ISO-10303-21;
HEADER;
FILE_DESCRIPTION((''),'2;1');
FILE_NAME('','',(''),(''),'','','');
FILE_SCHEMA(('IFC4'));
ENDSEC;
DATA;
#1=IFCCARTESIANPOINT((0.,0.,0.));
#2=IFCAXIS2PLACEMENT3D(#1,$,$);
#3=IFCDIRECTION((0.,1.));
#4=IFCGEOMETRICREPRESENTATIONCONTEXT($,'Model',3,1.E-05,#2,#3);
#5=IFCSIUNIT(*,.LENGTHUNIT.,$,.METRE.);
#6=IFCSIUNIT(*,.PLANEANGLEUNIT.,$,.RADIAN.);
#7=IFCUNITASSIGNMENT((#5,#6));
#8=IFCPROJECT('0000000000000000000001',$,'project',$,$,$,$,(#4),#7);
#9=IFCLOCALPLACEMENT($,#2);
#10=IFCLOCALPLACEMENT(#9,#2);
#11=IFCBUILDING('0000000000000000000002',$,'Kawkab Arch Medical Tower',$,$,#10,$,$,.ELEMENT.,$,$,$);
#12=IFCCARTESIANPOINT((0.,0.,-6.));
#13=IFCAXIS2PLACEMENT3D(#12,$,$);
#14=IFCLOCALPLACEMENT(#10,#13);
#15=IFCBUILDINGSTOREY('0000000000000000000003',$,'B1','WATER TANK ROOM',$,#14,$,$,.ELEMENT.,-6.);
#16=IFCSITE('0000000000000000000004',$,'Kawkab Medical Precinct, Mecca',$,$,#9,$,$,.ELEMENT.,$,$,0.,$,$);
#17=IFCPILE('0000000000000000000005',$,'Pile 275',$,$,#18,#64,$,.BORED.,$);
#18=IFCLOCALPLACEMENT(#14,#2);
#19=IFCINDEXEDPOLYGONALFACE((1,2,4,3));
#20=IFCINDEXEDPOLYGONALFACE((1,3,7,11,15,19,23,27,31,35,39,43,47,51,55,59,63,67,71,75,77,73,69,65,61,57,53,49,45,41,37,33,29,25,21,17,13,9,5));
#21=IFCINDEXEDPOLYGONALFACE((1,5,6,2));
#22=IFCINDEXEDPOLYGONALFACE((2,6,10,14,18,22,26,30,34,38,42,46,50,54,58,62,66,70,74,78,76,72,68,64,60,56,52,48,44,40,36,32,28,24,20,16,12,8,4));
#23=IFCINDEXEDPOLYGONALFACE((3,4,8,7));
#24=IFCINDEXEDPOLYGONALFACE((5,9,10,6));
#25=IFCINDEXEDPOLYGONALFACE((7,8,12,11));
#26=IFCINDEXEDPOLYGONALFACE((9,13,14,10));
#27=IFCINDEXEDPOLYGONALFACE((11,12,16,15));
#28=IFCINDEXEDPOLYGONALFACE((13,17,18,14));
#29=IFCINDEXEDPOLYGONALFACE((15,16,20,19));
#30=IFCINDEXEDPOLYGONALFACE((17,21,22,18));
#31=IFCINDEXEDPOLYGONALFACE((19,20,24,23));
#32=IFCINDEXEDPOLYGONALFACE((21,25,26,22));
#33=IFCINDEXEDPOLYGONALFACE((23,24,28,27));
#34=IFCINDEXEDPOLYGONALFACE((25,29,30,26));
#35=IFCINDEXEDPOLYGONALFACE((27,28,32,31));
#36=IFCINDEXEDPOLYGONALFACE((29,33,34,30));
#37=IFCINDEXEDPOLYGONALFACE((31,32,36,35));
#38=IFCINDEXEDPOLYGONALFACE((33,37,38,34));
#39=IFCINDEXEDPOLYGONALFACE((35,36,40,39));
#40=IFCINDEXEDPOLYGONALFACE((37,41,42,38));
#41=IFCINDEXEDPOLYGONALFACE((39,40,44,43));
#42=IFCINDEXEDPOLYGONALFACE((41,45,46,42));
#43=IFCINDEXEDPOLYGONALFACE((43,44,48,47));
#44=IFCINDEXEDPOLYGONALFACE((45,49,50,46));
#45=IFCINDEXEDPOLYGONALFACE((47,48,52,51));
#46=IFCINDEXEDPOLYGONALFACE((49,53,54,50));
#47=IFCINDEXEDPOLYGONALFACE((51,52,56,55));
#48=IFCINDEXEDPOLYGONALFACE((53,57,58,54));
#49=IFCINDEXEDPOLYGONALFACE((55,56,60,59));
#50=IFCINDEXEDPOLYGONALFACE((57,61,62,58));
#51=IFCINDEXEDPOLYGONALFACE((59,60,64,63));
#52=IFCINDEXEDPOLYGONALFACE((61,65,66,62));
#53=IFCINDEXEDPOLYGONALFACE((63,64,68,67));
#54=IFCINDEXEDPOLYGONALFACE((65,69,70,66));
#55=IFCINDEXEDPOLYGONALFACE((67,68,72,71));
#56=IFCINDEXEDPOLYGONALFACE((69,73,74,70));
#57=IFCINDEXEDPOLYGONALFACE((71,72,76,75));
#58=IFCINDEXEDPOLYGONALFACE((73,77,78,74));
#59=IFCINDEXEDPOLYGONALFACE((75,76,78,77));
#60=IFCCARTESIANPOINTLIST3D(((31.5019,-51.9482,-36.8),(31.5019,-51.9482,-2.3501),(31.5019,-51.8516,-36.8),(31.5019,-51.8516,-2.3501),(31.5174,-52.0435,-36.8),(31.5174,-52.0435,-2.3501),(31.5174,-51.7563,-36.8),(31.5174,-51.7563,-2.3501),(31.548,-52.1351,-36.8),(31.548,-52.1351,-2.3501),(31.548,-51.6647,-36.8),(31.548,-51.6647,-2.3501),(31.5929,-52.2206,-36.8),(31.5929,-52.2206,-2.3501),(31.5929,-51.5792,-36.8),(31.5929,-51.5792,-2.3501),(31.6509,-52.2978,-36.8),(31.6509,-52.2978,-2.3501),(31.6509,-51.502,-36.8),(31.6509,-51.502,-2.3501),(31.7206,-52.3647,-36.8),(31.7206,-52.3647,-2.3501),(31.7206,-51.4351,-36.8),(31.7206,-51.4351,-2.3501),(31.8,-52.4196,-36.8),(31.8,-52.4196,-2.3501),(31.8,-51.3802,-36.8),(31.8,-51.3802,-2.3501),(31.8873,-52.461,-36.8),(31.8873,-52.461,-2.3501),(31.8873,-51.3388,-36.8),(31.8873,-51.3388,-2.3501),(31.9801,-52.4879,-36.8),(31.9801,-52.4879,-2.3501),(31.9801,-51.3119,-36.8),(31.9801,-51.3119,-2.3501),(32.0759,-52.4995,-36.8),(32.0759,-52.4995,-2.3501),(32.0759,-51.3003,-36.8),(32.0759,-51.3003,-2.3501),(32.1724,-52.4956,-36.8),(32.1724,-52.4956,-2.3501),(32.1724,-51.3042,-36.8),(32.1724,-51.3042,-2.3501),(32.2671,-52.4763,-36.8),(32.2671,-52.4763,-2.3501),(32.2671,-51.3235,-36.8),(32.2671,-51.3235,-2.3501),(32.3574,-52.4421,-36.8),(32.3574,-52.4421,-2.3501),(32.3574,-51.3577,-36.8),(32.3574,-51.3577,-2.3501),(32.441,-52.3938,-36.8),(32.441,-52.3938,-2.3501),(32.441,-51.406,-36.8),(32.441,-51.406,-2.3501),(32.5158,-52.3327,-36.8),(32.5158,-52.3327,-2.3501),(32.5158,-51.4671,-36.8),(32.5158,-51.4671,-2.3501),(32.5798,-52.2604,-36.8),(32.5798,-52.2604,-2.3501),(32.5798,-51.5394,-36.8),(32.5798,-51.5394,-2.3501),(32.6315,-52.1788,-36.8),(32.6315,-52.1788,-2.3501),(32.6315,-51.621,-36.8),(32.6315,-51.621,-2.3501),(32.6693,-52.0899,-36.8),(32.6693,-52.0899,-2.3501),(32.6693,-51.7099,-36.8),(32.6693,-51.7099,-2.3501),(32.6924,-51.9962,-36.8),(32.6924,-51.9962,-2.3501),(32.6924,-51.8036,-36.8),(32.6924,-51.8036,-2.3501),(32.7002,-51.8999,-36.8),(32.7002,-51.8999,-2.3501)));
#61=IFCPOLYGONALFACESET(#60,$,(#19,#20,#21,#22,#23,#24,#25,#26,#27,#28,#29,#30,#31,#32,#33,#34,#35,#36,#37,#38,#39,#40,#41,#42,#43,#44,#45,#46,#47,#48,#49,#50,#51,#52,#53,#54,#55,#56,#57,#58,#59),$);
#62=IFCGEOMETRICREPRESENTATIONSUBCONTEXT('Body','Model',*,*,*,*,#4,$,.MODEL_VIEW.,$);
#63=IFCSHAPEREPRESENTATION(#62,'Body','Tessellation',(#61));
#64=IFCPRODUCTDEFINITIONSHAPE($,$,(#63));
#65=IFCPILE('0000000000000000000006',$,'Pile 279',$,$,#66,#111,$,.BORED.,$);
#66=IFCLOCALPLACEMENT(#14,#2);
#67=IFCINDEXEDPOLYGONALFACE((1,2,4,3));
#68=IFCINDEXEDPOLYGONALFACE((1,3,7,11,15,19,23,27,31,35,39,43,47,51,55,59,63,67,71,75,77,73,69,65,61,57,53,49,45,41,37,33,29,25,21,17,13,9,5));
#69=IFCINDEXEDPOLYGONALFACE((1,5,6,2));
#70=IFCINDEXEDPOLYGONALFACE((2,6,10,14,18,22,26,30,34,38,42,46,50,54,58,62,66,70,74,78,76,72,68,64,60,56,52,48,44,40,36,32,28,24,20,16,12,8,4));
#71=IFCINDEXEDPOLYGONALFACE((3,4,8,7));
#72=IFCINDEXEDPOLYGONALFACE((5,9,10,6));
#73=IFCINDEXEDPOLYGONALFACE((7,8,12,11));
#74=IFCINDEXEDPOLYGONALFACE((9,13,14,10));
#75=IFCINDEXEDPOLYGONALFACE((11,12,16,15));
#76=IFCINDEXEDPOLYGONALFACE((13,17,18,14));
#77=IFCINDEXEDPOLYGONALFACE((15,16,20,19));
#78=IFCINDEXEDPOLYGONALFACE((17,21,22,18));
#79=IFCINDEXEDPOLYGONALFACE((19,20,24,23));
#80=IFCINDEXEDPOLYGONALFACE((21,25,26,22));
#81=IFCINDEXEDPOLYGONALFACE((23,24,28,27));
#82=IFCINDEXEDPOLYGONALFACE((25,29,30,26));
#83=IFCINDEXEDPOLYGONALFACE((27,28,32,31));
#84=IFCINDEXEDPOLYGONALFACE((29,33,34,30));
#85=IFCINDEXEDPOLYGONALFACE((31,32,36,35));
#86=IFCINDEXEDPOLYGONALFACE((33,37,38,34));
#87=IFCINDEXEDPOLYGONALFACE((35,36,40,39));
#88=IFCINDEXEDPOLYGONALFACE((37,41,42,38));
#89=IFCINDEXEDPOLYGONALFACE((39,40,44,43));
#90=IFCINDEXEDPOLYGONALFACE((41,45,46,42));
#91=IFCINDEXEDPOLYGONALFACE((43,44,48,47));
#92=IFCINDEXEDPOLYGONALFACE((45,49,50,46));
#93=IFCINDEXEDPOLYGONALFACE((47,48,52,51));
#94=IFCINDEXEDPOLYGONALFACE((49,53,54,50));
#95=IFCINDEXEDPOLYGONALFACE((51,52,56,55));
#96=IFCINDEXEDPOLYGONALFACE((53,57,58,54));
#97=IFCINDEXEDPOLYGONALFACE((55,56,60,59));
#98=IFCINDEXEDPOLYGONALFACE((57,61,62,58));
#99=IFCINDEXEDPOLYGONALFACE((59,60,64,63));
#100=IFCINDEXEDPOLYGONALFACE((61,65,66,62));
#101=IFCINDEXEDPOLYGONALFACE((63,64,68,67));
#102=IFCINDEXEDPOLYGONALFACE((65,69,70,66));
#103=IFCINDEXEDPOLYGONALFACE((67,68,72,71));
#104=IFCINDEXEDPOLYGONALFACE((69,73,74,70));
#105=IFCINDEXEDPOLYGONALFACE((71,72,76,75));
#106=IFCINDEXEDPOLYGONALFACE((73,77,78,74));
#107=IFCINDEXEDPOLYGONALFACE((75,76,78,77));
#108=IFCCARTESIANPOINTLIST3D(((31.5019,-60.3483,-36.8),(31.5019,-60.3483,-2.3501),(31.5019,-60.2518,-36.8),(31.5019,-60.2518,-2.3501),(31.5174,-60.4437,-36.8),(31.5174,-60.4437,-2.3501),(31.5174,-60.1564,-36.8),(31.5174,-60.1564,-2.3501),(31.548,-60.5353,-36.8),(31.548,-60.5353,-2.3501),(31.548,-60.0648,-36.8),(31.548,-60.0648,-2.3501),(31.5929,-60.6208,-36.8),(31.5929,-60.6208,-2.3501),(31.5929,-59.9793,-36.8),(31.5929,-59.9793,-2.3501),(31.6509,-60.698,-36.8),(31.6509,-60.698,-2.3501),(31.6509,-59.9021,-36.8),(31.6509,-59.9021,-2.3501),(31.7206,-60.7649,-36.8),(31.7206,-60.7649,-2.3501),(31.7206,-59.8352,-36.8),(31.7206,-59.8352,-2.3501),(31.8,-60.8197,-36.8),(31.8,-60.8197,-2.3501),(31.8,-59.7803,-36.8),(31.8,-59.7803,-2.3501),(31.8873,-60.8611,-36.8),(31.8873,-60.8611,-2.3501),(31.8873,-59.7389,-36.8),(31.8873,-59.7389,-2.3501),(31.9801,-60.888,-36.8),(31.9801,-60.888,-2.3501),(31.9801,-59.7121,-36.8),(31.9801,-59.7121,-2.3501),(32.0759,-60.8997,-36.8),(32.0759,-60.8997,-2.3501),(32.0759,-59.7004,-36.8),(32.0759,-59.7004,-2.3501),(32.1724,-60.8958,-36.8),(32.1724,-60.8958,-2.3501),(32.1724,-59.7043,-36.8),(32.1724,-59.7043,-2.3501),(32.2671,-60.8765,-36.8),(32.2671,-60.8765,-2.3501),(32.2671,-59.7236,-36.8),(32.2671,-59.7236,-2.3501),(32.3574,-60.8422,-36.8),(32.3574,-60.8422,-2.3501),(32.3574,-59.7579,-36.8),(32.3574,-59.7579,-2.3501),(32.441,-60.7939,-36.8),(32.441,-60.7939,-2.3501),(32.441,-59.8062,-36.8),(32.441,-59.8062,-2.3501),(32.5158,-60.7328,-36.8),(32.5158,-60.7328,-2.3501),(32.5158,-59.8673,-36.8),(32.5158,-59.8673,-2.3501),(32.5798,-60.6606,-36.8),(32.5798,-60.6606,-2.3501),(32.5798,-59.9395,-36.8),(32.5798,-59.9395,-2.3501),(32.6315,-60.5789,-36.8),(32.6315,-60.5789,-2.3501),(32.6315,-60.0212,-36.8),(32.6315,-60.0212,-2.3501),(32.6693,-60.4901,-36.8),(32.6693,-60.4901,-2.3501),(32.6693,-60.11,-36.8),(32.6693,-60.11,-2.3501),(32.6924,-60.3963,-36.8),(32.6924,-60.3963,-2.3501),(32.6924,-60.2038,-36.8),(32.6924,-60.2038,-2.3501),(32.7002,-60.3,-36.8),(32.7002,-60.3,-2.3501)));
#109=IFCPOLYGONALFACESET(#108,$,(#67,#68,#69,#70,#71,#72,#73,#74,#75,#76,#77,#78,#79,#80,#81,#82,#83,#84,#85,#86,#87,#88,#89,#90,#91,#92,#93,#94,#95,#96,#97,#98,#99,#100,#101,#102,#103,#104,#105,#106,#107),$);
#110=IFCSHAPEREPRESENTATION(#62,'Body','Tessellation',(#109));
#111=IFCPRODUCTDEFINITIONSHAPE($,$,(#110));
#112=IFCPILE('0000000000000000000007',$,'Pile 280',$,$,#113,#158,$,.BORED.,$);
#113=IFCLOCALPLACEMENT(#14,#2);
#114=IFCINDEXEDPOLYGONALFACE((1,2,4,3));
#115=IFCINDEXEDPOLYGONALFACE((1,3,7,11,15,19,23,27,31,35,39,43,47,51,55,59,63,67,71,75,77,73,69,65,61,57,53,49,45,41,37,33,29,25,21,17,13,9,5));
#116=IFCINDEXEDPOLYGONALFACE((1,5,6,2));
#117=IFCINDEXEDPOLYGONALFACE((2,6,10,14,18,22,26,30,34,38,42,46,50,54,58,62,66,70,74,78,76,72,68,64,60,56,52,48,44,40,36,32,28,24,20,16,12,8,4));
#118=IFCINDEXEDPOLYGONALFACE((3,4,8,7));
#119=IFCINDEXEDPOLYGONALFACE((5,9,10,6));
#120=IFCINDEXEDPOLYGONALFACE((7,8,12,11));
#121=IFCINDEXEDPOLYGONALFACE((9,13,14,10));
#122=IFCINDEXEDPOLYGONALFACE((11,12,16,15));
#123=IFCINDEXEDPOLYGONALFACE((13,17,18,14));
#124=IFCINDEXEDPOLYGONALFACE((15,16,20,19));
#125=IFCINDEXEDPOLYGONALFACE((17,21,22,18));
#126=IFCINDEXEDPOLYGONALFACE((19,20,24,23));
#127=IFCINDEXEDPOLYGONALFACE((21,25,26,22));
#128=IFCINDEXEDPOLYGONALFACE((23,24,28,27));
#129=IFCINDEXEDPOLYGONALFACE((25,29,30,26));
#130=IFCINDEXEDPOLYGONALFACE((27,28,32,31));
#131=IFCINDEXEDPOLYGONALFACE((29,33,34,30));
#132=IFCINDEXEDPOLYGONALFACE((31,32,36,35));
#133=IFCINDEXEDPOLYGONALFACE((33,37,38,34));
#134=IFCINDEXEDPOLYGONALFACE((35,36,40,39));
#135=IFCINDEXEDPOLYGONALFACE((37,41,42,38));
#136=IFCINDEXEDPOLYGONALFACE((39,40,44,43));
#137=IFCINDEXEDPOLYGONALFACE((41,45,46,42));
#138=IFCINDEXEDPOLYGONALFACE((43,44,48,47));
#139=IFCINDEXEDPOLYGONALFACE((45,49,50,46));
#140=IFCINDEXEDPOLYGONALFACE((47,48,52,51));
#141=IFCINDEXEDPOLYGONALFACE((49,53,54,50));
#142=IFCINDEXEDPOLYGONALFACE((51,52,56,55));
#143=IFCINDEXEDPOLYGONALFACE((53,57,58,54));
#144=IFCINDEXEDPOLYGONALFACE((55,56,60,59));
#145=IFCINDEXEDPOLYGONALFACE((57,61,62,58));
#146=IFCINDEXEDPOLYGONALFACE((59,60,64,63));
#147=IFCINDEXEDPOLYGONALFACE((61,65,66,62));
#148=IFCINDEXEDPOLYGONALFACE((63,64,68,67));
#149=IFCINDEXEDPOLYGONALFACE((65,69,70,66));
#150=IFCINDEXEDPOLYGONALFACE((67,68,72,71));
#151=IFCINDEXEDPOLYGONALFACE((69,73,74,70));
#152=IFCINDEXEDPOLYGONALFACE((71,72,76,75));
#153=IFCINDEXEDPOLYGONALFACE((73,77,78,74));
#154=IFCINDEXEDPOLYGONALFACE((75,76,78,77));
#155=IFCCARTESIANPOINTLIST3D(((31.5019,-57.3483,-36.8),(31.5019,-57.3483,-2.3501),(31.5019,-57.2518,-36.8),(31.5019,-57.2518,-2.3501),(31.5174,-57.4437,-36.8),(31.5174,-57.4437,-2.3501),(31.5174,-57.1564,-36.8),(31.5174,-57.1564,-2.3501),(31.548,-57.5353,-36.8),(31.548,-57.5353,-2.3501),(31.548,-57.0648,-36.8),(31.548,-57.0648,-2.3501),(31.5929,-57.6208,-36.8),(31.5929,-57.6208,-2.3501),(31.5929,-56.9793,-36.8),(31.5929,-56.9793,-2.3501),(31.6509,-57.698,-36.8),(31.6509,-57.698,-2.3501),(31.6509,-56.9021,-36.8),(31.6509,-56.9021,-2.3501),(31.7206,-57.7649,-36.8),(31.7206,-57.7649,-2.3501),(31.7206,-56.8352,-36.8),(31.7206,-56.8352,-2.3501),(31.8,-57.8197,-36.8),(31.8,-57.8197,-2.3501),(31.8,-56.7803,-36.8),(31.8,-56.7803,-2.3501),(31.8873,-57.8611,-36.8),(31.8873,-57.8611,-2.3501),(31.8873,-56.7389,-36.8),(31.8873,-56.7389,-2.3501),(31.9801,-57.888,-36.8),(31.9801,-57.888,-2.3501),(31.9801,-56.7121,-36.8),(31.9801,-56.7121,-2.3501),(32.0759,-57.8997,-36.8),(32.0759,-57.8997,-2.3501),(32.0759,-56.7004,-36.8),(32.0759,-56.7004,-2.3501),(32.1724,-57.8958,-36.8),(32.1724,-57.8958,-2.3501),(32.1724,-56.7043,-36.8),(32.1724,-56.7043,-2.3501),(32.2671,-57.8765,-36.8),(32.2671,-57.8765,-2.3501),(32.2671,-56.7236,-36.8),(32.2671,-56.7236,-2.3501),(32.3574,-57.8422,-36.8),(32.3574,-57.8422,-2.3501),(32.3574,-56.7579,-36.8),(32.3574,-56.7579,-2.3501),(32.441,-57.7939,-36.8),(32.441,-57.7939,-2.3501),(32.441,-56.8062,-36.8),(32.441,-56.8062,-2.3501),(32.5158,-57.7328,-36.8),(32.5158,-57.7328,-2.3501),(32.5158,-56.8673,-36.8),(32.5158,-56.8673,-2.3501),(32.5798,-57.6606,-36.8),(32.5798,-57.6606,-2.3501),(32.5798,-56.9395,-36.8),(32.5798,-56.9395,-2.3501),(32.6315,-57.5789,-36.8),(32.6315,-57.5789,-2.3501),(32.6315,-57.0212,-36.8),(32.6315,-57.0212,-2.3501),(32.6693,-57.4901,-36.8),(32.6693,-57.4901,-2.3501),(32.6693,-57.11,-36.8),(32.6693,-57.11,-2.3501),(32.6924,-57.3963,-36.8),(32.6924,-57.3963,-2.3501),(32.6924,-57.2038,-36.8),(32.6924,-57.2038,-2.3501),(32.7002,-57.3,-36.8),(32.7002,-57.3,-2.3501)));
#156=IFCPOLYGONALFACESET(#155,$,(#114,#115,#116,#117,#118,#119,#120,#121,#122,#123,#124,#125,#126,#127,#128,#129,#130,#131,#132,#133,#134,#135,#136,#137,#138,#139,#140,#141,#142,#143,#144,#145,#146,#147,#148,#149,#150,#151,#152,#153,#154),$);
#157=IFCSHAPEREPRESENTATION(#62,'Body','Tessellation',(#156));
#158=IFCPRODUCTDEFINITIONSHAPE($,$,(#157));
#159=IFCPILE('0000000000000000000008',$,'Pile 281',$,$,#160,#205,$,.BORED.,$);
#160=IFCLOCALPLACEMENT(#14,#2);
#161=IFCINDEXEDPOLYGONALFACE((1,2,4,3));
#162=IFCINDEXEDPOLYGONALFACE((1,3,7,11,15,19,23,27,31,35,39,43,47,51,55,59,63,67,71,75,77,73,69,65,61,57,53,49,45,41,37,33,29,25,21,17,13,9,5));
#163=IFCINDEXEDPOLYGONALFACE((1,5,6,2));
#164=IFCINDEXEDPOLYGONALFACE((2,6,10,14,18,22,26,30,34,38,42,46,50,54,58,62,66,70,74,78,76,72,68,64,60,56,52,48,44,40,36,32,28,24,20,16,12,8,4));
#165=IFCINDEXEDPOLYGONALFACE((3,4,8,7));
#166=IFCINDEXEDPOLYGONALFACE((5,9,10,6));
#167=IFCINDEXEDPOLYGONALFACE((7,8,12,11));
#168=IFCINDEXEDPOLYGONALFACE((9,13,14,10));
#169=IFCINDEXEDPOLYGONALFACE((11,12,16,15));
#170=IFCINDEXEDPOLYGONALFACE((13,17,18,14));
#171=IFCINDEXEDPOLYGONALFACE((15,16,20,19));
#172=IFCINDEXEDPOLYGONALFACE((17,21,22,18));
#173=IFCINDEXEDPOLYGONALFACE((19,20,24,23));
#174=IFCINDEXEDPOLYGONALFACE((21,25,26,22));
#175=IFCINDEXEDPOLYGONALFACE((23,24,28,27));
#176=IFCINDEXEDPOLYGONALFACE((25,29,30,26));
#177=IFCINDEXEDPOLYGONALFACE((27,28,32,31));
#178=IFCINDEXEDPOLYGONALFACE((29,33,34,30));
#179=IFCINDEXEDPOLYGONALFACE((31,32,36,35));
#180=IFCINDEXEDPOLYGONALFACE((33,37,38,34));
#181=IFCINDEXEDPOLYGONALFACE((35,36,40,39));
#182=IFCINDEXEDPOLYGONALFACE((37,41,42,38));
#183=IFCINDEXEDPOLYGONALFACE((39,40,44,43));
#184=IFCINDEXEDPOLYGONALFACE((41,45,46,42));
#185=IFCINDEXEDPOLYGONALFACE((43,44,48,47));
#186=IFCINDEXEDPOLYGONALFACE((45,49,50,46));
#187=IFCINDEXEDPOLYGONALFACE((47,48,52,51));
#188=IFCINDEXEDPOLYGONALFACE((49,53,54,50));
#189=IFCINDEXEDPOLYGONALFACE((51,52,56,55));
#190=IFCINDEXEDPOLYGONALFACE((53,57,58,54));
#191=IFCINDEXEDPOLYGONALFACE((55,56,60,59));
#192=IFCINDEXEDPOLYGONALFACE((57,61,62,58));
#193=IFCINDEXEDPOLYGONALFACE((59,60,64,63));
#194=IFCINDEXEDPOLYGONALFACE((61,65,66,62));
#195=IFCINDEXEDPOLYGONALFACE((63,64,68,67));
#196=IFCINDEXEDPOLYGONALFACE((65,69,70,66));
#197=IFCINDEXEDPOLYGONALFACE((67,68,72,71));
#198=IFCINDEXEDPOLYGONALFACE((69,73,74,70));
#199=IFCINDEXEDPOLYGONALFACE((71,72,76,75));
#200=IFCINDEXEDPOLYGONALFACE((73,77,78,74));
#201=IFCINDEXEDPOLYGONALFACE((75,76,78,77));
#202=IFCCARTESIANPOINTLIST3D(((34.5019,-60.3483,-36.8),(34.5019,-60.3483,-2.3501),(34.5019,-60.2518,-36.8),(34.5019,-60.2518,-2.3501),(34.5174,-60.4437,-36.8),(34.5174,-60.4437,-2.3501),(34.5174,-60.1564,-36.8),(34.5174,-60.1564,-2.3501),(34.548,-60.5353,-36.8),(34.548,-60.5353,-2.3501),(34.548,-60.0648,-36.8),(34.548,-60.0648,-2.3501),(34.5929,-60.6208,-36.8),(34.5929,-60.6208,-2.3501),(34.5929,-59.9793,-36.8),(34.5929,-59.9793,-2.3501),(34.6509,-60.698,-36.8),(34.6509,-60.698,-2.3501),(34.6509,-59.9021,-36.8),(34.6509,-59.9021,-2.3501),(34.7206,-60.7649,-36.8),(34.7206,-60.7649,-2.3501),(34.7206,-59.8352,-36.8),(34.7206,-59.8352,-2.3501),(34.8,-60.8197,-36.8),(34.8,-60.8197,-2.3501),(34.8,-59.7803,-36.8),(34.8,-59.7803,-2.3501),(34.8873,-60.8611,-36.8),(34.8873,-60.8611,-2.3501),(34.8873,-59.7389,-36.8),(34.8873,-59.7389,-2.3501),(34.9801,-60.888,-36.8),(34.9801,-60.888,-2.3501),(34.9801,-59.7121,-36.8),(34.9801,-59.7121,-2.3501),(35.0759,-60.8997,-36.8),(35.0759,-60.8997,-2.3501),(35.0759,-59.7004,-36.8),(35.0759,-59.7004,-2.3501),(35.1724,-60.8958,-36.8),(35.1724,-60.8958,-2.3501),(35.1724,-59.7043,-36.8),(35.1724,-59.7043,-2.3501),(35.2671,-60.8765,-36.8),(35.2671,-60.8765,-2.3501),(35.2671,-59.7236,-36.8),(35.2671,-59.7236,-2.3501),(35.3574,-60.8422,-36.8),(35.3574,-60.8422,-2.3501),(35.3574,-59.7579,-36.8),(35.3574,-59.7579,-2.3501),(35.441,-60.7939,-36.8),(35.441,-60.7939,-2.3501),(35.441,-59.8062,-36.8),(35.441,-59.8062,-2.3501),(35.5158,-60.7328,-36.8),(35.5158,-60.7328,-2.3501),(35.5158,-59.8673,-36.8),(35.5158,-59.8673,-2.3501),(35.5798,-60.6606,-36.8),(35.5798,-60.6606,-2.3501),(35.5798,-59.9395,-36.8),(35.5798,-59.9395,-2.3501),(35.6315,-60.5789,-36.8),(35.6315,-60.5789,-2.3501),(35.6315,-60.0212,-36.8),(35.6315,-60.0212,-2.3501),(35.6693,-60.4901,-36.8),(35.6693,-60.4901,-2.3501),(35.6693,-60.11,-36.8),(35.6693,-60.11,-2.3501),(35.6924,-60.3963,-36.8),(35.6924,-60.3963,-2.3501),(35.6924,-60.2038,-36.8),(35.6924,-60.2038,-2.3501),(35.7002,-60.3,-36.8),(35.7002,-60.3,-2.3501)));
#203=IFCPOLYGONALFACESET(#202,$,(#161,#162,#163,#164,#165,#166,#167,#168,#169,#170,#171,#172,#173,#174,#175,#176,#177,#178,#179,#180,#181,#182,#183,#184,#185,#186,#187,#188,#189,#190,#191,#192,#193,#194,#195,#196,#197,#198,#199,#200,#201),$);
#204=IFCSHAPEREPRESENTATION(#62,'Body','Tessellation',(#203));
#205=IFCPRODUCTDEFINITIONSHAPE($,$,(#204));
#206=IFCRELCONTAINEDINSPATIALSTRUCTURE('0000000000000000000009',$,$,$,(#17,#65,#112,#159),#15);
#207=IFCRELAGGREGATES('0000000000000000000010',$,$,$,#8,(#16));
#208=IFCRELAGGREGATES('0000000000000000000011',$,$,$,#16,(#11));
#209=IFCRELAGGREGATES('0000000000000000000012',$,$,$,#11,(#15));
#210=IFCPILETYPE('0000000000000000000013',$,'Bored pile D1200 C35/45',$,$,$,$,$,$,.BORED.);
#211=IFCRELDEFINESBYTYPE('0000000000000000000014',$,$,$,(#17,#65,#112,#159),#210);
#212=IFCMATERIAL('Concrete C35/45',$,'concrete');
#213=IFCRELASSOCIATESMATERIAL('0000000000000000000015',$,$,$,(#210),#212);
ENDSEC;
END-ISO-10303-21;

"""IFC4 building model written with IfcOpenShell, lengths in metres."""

from ifc_helpers import new_model, si_unit, direction, frame, origin, origin_2d, place, context, subcontext, project, spatial, circle, extrude, material, material_profile, profile_set, type_object, element, save


model = new_model("IFC4")

# Units and contexts
model_context = context("Model", 3, precision=1e-05, world=origin(), true_north=direction((0.0, 1.0)))
body_context = subcontext(model_context, "Body", "Model", "MODEL_VIEW")
ifc_project = project(units=[si_unit("LENGTHUNIT", "METRE"), si_unit("PLANEANGLEUNIT", "RADIAN")], contexts=[model_context])

# Site, building, storey
site_placement = place(None, origin())
site = spatial("IfcSite", under=ifc_project, at=site_placement, Name="Kawkab Medical Precinct, Mecca", CompositionType="ELEMENT", RefElevation=0.0)
building_placement = place(site_placement, origin())
building = spatial("IfcBuilding", under=site, at=building_placement, Name="Kawkab Arch Medical Tower", CompositionType="ELEMENT")
storey_placement = place(building_placement, frame((0.0, 0.0, -6.0)))
storey = spatial("IfcBuildingStorey", under=building, at=storey_placement, Name="B1", Description="WATER TANK ROOM", CompositionType="ELEMENT", Elevation=-6.0)

# Piles
ifc_material_1 = material(Name="Concrete C35/45", Category="concrete")
ifc_material_profile_1 = material_profile(ifc_material_1, circle(Radius=0.6001, at=origin_2d()), Name="Bored pile D1200")
ifc_profile_set_1 = profile_set([ifc_material_profile_1], Name="Concrete C35/45")
pile_type_1 = type_object("IfcPileType", Name="Bored pile D1200 C35/45", PredefinedType="BORED", material=ifc_profile_set_1)
for number, where, z_axis, x_axis, name in (
    (1, (32.1001, -51.8999, -2.3501), (0.0, 0.0, -1.0), (1.0, 0.0, 0.0), "Pile 275"),
    (2, (32.1001, -60.3, -2.3501), (0.0, 0.0, -1.0), (1.0, 0.0, 0.0), "Pile 279"),
    (3, (32.1001, -57.3, -2.3501), (0.0, 0.0, -1.0), (1.0, 0.0, 0.0), "Pile 280"),
    (4, (35.1001, -60.3, -2.3501), (0.0, 0.0, -1.0), (1.0, 0.0, 0.0), "Pile 281"),
):
    element("IfcPile", number, at=place(storey_placement, frame(where, z_axis=z_axis, x_axis=x_axis)), inside=storey, type_object=pile_type_1, Name=name, PredefinedType="BORED", context=body_context, shape_type="SweptSolid", body=[
        extrude(circle(Radius=0.6001, at=origin_2d()), origin(), (0.0, 0.0, 1.0), 34.45),
    ])

save(model, "model.ifc")
